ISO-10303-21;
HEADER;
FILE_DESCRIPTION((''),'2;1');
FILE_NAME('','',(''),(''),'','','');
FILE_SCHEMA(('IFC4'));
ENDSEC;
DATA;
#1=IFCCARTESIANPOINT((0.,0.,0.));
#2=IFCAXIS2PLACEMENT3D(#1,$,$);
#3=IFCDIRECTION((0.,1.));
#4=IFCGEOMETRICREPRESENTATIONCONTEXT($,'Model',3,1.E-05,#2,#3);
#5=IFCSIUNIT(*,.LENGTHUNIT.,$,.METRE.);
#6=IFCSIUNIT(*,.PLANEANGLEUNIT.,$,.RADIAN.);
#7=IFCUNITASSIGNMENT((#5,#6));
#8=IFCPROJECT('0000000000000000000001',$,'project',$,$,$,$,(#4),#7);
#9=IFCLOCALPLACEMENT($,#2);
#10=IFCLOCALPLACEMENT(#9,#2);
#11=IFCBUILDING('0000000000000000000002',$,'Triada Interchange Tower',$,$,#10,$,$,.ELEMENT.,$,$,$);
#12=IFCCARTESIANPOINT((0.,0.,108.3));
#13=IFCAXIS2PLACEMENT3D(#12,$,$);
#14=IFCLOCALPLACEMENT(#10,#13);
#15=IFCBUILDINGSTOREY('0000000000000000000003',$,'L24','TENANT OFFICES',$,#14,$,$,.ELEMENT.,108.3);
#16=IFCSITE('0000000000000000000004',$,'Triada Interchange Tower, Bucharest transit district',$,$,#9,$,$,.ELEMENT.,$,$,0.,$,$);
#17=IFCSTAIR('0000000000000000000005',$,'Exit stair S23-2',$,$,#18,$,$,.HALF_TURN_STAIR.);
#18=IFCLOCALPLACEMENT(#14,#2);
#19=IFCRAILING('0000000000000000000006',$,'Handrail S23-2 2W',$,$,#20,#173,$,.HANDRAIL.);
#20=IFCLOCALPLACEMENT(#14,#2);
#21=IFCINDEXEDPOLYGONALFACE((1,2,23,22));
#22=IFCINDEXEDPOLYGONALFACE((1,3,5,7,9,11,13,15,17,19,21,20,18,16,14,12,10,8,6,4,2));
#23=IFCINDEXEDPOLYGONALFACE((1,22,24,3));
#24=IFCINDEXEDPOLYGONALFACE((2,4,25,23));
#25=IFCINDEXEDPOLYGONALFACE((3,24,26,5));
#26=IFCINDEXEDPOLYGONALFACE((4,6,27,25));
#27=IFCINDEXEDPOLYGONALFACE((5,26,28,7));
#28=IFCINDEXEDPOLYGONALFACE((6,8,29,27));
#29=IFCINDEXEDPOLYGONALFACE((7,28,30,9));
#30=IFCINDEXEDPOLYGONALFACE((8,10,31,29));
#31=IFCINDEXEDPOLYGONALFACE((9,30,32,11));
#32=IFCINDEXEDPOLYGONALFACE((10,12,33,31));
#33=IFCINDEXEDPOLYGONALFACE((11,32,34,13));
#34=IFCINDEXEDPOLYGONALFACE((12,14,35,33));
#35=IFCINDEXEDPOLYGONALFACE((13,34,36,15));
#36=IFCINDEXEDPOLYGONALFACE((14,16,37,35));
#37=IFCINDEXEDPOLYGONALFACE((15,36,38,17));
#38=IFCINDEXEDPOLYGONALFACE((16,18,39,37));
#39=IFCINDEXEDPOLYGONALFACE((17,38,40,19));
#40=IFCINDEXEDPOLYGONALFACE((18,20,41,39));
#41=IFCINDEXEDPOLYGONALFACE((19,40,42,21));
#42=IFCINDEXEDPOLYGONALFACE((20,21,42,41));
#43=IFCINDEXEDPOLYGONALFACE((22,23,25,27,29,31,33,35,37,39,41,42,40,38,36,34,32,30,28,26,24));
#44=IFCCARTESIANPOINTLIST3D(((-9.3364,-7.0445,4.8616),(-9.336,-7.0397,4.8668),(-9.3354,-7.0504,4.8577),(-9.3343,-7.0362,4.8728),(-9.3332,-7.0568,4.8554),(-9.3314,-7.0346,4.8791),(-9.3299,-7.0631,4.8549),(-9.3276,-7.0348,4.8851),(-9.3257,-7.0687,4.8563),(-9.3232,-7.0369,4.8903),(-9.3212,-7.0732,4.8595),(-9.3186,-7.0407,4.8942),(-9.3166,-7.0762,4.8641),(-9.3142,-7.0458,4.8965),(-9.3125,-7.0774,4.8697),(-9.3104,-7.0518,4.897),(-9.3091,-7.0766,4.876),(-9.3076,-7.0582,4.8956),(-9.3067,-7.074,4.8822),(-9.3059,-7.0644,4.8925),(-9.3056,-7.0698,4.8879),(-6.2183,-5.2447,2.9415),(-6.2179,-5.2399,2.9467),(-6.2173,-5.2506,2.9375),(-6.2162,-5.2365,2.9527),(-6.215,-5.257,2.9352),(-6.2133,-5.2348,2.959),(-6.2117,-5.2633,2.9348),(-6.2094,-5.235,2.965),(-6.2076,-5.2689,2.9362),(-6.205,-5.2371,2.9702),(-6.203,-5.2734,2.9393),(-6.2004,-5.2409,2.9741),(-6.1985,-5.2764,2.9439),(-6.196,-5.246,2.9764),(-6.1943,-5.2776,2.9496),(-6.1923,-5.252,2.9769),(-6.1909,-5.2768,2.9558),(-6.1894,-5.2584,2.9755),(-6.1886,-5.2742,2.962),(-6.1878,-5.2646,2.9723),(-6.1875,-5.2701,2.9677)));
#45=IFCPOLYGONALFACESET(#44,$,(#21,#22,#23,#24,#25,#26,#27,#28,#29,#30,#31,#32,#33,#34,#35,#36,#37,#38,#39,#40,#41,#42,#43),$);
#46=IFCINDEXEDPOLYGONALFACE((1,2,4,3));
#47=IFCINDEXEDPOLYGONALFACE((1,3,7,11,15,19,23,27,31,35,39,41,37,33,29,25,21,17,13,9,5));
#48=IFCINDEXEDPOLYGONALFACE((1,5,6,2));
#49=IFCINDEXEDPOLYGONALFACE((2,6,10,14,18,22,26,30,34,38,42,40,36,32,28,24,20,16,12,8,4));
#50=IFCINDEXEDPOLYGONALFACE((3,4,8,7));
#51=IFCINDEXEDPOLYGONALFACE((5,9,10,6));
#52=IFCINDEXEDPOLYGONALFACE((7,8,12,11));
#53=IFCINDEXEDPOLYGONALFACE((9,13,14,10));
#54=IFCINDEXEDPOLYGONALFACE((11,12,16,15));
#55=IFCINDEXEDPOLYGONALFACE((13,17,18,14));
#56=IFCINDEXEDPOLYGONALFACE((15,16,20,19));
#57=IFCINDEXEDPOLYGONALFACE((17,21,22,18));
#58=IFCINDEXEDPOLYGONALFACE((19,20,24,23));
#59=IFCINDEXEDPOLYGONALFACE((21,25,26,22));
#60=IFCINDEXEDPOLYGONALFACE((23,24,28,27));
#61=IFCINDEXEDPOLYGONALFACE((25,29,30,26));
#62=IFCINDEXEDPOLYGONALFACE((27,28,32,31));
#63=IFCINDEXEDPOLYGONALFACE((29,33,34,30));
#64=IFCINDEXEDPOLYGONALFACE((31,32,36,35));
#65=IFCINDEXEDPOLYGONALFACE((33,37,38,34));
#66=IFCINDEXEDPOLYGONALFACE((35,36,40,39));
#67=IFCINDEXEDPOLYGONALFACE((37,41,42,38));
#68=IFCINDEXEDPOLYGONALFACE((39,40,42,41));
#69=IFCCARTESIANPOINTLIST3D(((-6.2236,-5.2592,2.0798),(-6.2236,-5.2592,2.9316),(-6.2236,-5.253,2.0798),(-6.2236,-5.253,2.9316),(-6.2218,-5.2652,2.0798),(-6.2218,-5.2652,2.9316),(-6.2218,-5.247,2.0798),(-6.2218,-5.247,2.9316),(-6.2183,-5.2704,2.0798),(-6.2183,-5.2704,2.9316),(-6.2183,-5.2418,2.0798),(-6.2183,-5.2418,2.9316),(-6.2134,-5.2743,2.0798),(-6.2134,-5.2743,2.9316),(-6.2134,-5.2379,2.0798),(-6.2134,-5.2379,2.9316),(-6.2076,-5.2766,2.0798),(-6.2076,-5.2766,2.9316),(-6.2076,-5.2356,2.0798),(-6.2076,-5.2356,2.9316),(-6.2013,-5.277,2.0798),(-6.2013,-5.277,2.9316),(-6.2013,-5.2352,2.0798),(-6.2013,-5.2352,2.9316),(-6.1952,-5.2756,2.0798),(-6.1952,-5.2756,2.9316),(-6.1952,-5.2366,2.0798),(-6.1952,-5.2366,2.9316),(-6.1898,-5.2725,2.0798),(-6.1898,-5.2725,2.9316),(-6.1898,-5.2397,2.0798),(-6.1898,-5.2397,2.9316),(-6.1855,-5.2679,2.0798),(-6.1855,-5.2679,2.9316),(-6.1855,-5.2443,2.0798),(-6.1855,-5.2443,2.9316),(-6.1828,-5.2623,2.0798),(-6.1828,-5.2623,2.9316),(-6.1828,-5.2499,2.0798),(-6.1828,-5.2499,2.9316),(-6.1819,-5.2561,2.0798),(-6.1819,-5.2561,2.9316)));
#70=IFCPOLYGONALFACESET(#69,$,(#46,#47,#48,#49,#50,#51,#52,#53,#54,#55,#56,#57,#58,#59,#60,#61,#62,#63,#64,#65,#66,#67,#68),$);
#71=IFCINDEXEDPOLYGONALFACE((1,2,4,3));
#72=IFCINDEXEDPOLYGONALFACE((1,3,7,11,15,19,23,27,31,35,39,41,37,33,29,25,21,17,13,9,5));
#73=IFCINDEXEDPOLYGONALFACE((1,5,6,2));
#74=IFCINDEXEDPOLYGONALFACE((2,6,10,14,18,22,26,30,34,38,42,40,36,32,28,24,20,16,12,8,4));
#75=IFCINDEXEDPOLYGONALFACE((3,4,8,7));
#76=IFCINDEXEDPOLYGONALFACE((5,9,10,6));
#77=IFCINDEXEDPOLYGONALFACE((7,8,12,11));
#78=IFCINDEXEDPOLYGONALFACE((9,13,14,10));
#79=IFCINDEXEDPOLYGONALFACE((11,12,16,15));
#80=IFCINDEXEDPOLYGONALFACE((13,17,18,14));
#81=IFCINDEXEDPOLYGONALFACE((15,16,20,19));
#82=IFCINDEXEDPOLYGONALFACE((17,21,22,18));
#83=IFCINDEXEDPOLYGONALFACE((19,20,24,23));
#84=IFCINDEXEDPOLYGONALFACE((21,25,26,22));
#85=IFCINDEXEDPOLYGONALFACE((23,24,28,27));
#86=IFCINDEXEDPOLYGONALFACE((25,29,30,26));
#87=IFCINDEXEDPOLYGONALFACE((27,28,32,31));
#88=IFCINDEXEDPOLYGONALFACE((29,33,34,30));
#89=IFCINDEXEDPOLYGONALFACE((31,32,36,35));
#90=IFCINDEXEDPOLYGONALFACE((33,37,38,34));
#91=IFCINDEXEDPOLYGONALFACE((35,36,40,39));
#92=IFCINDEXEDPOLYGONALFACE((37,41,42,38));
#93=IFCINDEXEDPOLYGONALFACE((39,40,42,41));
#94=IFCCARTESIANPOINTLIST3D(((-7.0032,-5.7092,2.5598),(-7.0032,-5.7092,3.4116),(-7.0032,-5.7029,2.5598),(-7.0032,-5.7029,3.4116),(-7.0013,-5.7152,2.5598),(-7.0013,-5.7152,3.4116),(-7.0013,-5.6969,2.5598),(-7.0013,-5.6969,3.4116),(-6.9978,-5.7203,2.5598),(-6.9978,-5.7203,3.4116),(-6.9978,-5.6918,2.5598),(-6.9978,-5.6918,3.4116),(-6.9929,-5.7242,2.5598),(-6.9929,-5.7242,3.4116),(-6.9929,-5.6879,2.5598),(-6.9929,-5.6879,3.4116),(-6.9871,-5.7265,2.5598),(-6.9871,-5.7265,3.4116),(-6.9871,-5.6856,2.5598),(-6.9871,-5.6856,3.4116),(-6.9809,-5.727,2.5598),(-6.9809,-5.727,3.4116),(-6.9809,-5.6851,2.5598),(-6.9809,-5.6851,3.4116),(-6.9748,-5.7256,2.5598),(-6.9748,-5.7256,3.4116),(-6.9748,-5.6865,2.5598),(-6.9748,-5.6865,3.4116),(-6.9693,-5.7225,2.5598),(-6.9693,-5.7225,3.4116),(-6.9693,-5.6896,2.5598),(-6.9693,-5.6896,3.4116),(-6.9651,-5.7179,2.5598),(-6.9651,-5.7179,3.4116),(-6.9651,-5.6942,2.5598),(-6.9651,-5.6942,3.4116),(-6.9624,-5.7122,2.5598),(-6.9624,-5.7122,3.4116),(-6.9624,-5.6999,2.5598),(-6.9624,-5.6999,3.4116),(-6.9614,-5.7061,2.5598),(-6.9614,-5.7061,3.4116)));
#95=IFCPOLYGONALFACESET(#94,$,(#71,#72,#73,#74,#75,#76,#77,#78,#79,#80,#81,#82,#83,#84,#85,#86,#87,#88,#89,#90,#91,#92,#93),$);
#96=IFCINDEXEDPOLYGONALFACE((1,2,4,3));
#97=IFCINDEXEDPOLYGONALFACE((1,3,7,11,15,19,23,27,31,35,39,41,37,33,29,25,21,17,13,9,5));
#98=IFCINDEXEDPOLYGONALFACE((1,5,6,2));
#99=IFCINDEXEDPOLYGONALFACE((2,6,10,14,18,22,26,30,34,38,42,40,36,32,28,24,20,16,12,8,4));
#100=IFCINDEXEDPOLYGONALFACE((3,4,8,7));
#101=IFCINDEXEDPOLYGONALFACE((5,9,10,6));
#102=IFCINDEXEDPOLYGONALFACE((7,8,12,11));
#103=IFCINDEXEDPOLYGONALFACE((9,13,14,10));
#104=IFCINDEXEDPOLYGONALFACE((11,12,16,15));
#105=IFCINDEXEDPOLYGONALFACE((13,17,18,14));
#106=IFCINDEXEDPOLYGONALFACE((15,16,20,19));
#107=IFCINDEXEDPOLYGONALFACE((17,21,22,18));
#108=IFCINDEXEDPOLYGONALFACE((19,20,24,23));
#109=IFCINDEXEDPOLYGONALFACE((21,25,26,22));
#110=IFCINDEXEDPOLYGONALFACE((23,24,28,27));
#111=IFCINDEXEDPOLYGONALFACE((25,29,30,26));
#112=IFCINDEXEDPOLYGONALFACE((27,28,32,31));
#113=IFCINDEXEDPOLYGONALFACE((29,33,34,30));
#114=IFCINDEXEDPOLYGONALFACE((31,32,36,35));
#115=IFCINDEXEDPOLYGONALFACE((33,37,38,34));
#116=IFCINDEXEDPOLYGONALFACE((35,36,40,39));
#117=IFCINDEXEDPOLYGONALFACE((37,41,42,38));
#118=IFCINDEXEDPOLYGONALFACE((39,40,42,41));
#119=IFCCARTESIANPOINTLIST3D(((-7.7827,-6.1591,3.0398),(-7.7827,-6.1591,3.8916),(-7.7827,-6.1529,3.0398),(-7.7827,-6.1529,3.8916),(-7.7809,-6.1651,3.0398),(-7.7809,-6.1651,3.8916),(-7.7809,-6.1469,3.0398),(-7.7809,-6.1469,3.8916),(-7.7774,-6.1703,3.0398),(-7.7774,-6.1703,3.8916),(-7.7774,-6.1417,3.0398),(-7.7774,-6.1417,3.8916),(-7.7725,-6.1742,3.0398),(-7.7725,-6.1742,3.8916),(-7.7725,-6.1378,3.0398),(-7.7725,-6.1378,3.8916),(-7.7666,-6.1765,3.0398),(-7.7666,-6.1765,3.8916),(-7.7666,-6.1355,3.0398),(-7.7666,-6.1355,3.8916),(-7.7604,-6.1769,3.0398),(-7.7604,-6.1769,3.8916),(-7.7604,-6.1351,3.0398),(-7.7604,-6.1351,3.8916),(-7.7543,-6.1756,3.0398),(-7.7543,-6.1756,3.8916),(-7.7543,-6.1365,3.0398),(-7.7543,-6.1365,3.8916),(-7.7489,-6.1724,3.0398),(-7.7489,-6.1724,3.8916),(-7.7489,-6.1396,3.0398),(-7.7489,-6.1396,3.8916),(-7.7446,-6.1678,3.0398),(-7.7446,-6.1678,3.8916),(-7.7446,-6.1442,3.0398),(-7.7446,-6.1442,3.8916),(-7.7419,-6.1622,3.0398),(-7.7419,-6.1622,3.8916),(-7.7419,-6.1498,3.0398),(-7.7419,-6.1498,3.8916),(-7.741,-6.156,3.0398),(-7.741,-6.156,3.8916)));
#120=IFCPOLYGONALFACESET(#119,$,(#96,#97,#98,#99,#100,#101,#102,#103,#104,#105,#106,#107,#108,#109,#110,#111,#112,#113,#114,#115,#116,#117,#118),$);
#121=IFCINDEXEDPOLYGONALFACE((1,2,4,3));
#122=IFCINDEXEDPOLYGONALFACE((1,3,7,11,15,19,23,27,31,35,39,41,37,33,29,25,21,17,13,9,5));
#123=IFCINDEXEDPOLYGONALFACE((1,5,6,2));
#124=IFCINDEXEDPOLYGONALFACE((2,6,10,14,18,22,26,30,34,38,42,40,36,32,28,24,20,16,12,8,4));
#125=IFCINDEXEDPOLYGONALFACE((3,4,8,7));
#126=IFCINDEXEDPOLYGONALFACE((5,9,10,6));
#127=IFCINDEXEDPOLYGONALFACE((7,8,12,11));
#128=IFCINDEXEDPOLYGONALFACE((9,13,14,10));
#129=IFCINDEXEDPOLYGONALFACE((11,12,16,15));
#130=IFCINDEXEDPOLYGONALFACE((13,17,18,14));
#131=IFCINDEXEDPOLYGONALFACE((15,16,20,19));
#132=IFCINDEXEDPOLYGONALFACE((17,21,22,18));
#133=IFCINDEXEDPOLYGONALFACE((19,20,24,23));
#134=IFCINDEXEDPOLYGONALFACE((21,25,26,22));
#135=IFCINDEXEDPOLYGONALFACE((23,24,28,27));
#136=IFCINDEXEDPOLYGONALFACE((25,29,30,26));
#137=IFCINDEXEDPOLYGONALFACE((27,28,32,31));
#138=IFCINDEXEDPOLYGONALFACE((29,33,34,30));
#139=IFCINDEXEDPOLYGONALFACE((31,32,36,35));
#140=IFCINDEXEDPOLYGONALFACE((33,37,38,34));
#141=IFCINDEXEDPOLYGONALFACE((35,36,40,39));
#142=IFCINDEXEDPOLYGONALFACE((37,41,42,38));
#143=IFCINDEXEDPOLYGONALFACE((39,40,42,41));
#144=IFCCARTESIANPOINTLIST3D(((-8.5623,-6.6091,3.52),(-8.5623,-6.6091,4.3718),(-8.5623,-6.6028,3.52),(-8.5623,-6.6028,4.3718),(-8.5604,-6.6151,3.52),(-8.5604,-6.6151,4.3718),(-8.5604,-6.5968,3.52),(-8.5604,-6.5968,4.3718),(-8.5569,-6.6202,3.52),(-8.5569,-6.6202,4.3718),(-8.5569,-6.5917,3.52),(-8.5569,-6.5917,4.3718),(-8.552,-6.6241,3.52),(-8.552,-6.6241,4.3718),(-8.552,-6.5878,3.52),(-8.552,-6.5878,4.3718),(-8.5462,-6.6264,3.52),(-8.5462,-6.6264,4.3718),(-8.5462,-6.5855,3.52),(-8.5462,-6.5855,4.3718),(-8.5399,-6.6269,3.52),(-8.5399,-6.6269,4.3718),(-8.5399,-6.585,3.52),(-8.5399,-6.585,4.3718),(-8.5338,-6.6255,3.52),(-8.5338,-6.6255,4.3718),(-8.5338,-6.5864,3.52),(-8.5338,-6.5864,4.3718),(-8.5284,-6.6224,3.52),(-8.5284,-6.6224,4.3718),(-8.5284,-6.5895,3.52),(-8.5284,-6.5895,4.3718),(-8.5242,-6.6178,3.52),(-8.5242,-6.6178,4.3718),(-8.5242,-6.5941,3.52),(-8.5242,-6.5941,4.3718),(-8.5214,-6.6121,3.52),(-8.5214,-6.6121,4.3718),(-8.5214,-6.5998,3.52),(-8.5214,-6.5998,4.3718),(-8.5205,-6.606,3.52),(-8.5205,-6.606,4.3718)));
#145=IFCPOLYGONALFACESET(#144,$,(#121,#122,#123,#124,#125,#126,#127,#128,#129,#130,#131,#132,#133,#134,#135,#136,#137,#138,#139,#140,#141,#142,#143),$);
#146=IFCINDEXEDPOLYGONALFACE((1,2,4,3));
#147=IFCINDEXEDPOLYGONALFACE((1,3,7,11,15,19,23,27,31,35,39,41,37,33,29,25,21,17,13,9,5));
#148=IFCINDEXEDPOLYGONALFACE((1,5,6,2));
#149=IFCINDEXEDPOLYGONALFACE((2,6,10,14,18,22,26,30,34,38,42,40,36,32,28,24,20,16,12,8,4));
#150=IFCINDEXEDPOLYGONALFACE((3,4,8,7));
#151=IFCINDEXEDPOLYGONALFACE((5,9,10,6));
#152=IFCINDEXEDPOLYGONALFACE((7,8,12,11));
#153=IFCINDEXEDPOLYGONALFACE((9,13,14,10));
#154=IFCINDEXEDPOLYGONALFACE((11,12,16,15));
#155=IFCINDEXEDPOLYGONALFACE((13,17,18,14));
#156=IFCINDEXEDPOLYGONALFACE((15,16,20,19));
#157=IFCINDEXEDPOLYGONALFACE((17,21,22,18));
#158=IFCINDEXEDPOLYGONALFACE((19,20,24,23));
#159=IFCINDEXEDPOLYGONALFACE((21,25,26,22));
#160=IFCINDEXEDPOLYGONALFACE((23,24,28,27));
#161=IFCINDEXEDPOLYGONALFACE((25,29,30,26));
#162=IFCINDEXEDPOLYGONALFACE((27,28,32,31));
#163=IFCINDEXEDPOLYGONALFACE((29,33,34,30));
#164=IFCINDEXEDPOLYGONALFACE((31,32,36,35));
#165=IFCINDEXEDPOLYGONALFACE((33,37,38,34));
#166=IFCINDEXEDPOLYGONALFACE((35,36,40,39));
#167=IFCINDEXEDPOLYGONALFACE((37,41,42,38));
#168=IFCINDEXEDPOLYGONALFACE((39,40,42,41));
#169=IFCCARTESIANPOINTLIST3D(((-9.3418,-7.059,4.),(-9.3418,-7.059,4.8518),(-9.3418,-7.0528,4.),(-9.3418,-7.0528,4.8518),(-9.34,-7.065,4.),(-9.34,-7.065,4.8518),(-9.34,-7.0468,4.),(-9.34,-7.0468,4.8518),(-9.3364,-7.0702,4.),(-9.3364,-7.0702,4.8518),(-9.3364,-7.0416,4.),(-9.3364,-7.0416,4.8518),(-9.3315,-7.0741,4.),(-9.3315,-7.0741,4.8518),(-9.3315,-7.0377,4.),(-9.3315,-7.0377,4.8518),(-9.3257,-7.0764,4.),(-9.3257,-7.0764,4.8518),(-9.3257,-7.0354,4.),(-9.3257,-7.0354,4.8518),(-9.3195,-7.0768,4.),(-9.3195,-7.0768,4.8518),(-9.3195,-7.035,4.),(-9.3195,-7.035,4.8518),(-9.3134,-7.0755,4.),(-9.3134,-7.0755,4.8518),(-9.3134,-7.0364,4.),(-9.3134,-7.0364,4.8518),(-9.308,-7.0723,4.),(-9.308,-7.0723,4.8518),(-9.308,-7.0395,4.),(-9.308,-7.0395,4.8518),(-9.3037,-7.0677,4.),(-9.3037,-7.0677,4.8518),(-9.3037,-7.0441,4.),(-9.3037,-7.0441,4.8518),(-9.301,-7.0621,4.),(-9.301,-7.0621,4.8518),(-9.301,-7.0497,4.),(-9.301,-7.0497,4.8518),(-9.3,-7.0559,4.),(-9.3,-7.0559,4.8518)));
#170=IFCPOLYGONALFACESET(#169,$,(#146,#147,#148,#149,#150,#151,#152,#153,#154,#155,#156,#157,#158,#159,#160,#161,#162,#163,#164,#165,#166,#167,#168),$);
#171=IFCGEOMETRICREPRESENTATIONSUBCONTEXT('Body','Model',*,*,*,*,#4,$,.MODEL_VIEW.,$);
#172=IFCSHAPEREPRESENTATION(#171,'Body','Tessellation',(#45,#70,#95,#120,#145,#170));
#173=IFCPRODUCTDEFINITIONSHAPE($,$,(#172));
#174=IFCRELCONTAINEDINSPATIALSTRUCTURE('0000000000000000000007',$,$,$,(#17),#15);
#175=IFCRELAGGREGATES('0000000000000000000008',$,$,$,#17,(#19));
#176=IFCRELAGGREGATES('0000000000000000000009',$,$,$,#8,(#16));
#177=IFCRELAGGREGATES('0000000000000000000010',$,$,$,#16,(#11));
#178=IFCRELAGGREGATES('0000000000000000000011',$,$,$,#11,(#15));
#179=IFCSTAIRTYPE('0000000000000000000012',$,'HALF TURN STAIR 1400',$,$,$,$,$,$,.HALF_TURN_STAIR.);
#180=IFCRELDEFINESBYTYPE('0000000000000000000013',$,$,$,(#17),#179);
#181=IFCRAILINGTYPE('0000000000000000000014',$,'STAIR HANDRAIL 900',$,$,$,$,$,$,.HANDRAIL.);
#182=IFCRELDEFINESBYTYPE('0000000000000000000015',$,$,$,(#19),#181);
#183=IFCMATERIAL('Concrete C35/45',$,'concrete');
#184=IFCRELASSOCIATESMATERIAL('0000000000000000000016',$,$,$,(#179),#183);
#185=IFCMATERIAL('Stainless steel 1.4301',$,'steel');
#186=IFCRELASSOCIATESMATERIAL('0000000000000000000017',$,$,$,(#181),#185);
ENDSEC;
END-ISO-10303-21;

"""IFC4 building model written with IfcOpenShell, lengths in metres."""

from ifc_helpers import new_model, si_unit, direction, frame, origin, origin_2d, place, context, subcontext, project, spatial, circle, extrude, material, type_object, element, aggregate, save


model = new_model("IFC4")

# Units and contexts
model_context = context("Model", 3, precision=1e-05, world=origin(), true_north=direction((0.0, 1.0)))
body_context = subcontext(model_context, "Body", "Model", "MODEL_VIEW")
ifc_project = project(units=[si_unit("LENGTHUNIT", "METRE"), si_unit("PLANEANGLEUNIT", "RADIAN")], contexts=[model_context])

# Site, building, storey
site_placement = place(None, origin())
site = spatial("IfcSite", under=ifc_project, at=site_placement, Name="Triada Interchange Tower, Bucharest transit district", CompositionType="ELEMENT", RefElevation=0.0)
building_placement = place(site_placement, origin())
building = spatial("IfcBuilding", under=site, at=building_placement, Name="Triada Interchange Tower", CompositionType="ELEMENT")
storey_placement = place(building_placement, frame((0.0, 0.0, 108.3)))
storey = spatial("IfcBuildingStorey", under=building, at=storey_placement, Name="L24", Description="TENANT OFFICES", CompositionType="ELEMENT", Elevation=108.3)

# Stair, railing
ifc_material_1 = material(Name="Concrete C35/45", Category="concrete")
stair_type = type_object("IfcStairType", Name="HALF TURN STAIR 1400", PredefinedType="HALF_TURN_STAIR", material=ifc_material_1)
stair_placement = place(storey_placement, origin())
stair = element("IfcStair", 1, at=stair_placement, inside=storey, type_object=stair_type, Name="Exit stair S23-2", PredefinedType="HALF_TURN_STAIR")
ifc_material_2 = material(Name="Stainless steel 1.4301", Category="steel")
railing_type = type_object("IfcRailingType", Name="STAIR HANDRAIL 900", PredefinedType="HANDRAIL", material=ifc_material_2)
railing_1_placement = place(storey_placement, frame((-6.2029, -5.2561, 2.0798)))
railing_1 = element("IfcRailing", 2, at=railing_1_placement, type_object=railing_type, Name="Handrail S23-2 2W", PredefinedType="HANDRAIL", context=body_context, shape_type="SweptSolid", body=[
    extrude(circle(Radius=0.0239, at=origin_2d()), frame((0.0, 0.0, 0.876), z_axis=(-0.76419, -0.44109, 0.470588), x_axis=(0.499902, -0.866082, 0.0)), (0.0, 0.0, 1.0), 4.0803),
    extrude(circle(Radius=0.021, at=origin_2d()), origin(), (0.0, 0.0, 1.0), 0.8518),
    extrude(circle(Radius=0.021, at=origin_2d()), frame((-0.7795, -0.45, 0.48)), (0.0, 0.0, 1.0), 0.8518),
    extrude(circle(Radius=0.021, at=origin_2d()), frame((-1.5591, -0.8999, 0.96)), (0.0, 0.0, 1.0), 0.8518),
    extrude(circle(Radius=0.021, at=origin_2d()), frame((-2.3386, -1.3499, 1.4402)), (0.0, 0.0, 1.0), 0.8518),
    extrude(circle(Radius=0.021, at=origin_2d()), frame((-3.1182, -1.7998, 1.9202)), (0.0, 0.0, 1.0), 0.8518),
])
aggregate(stair, [railing_1])

save(model, "model.ifc")
